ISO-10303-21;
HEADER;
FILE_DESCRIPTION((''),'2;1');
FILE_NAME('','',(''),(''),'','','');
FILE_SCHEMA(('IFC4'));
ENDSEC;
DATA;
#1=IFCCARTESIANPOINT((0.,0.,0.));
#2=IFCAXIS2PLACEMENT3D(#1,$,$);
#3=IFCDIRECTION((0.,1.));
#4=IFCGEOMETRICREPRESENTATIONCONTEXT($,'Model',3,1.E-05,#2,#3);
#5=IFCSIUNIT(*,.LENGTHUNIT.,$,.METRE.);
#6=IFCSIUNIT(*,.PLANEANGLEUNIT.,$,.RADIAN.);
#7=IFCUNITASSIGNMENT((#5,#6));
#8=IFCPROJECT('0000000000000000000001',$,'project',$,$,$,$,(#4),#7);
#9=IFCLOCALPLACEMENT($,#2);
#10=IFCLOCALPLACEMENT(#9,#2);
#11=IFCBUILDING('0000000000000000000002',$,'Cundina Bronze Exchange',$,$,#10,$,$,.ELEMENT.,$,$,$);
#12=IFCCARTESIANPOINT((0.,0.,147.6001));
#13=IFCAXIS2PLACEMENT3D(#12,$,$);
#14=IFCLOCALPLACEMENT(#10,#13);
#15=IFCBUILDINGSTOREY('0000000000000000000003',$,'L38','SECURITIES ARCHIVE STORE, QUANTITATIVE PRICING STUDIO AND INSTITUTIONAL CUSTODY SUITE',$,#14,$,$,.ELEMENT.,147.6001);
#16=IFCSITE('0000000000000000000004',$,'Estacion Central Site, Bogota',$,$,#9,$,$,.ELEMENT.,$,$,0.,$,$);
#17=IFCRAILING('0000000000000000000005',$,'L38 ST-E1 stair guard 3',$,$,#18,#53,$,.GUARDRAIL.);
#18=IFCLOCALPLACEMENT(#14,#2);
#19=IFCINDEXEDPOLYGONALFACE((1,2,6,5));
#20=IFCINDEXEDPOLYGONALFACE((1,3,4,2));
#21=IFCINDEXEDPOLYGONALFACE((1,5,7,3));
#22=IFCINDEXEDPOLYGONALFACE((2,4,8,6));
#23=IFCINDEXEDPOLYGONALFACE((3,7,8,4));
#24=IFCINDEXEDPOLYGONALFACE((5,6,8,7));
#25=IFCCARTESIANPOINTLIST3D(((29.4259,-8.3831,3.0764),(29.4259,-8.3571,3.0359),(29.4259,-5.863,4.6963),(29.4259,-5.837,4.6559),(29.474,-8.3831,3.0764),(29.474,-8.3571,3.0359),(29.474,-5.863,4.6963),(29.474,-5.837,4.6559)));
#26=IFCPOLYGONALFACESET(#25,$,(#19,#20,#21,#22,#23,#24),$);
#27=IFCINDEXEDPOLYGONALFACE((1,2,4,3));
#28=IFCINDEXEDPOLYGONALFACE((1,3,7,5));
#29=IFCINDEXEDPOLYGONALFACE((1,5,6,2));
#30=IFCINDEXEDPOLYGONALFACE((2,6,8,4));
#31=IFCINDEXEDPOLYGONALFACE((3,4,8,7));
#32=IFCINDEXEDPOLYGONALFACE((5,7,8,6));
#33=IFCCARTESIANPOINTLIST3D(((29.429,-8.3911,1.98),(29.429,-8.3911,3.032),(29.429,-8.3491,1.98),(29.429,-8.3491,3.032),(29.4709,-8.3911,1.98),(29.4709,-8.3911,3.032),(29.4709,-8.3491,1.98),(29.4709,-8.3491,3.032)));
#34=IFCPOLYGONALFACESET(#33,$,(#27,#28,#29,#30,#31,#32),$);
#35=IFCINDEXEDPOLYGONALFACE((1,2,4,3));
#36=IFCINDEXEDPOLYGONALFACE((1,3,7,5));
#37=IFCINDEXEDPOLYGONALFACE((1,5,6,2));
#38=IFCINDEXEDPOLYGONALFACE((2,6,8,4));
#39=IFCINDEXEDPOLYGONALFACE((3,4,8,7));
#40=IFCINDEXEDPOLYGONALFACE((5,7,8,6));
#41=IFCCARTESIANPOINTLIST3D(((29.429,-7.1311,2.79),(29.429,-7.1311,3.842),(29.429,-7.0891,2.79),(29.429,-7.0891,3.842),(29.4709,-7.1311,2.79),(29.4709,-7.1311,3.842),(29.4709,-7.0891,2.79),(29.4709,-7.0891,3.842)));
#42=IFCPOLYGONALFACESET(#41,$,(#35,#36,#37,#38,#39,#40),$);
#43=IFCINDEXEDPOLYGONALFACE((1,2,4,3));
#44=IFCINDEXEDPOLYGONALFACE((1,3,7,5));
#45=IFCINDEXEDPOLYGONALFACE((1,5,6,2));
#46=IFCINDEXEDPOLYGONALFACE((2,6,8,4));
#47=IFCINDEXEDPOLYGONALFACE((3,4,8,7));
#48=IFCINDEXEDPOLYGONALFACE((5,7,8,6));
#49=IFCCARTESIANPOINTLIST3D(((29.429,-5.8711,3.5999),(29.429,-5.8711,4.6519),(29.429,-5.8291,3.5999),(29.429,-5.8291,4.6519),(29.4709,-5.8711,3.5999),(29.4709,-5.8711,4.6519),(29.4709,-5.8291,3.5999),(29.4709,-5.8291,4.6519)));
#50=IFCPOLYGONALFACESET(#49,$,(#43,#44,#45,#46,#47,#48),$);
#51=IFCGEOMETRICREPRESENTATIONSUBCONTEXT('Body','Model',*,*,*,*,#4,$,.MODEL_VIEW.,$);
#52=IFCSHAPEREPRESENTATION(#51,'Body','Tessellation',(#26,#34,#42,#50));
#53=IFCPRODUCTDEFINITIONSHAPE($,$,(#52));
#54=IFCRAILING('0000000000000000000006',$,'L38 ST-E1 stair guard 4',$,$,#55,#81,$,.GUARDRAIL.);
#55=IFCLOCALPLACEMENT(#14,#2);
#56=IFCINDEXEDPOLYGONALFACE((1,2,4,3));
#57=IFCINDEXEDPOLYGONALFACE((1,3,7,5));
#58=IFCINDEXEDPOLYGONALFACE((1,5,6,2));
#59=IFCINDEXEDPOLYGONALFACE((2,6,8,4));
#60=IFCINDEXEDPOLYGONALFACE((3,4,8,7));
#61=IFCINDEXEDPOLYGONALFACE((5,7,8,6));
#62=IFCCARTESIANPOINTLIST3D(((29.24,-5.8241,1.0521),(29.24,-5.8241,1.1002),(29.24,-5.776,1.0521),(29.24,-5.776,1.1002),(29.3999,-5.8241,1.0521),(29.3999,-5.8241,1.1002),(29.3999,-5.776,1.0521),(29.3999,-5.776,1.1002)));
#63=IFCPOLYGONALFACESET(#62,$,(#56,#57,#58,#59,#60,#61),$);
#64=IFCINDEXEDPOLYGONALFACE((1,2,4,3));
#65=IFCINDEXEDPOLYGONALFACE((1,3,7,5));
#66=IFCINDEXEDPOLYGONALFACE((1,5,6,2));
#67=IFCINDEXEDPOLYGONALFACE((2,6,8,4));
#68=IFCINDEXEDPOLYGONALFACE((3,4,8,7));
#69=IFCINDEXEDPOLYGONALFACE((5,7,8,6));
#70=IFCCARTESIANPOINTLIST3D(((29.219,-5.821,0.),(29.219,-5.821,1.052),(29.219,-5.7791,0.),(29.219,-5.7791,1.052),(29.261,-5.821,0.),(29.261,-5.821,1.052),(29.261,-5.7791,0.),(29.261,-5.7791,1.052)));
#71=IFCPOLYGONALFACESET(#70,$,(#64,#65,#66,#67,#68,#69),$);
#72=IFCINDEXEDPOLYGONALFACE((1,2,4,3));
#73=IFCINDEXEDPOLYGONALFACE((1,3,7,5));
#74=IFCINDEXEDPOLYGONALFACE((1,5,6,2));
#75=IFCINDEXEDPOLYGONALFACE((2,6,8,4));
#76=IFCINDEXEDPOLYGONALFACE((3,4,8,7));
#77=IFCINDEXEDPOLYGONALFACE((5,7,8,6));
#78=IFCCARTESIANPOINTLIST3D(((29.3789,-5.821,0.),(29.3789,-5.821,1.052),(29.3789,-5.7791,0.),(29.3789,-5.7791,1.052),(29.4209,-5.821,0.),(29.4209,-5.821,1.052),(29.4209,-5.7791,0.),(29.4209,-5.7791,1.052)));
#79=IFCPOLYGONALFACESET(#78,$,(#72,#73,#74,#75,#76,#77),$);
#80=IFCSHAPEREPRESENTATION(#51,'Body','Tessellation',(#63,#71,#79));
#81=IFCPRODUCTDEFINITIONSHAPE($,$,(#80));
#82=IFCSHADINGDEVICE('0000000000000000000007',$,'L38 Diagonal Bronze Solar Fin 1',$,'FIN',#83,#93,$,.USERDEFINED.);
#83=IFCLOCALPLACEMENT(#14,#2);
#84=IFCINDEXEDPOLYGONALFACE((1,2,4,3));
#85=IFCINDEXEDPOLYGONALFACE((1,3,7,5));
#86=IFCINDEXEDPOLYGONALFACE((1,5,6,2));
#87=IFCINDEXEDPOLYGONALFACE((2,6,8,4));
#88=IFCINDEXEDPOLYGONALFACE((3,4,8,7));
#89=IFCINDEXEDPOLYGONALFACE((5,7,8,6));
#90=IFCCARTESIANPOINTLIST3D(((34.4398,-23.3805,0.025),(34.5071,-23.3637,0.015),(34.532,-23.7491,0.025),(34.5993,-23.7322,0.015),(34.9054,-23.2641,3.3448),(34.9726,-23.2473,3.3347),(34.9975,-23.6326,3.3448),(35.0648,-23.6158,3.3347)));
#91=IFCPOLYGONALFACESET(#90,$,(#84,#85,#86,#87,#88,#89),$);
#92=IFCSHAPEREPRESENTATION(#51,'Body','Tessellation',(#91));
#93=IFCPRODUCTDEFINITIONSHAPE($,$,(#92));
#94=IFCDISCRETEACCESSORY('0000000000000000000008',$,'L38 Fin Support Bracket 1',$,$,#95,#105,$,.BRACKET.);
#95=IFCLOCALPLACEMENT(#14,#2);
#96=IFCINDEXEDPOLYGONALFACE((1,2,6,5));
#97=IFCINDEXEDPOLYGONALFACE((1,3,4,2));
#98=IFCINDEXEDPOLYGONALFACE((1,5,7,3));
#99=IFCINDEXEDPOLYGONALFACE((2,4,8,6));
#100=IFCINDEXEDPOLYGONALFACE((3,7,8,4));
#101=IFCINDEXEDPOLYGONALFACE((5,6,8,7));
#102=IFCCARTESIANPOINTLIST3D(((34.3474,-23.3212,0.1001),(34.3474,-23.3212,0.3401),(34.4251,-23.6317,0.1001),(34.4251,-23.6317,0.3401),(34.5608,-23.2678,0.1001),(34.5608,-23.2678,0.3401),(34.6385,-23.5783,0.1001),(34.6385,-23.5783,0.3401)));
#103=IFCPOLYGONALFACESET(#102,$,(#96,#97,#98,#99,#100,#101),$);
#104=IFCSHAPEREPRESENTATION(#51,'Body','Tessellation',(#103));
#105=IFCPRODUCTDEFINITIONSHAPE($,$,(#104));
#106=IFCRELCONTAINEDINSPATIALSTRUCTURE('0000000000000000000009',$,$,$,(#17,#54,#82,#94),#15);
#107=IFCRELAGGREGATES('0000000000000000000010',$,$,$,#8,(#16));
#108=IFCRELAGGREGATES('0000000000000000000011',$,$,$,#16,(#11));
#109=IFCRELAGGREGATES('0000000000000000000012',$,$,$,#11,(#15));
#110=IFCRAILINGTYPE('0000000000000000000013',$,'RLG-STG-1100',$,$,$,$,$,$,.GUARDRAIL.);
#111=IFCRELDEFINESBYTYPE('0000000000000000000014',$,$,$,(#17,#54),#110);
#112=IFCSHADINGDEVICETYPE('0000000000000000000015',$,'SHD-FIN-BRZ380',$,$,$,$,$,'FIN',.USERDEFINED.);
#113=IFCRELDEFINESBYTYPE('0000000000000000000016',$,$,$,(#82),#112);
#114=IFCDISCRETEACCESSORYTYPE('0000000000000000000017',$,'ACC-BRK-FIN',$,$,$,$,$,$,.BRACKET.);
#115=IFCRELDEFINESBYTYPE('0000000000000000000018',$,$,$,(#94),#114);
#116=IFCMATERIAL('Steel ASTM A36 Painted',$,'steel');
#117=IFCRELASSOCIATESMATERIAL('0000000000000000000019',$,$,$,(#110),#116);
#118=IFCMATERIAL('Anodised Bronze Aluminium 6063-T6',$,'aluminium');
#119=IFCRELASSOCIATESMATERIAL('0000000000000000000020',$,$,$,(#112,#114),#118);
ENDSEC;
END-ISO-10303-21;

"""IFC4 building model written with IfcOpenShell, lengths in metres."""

from ifc_helpers import new_model, si_unit, direction, frame, origin, origin_2d, place, context, subcontext, project, spatial, rectangle, extrude, material, material_profile, profile_set, type_object, element, save


model = new_model("IFC4")

# Units and contexts
model_context = context("Model", 3, precision=1e-05, world=origin(), true_north=direction((0.0, 1.0)))
body_context = subcontext(model_context, "Body", "Model", "MODEL_VIEW")
ifc_project = project(units=[si_unit("LENGTHUNIT", "METRE"), si_unit("PLANEANGLEUNIT", "RADIAN")], contexts=[model_context])

# Site, building, storey
site_placement = place(None, origin())
site = spatial("IfcSite", under=ifc_project, at=site_placement, Name="Estacion Central Site, Bogota", CompositionType="ELEMENT", RefElevation=0.0)
building_placement = place(site_placement, origin())
building = spatial("IfcBuilding", under=site, at=building_placement, Name="Cundina Bronze Exchange", CompositionType="ELEMENT")
storey_placement = place(building_placement, frame((0.0, 0.0, 147.6001)))
storey = spatial("IfcBuildingStorey", under=building, at=storey_placement, Name="L38", Description="SECURITIES ARCHIVE STORE, QUANTITATIVE PRICING STUDIO AND INSTITUTIONAL CUSTODY SUITE", CompositionType="ELEMENT", Elevation=147.6001)

# Shared definitions
ifc_material_1 = material(Name="Anodised Bronze Aluminium 6063-T6", Category="aluminium")

# Railings
ifc_material_2 = material(Name="Steel ASTM A36 Painted", Category="steel")
railing_type_1 = type_object("IfcRailingType", Name="RLG-STG-1100", PredefinedType="GUARDRAIL", material=ifc_material_2)
railing_1_placement = place(storey_placement, frame((29.45, -8.3701, 1.98)))
element("IfcRailing", 1, at=railing_1_placement, inside=storey, type_object=railing_type_1, Name="L38 ST-E1 stair guard 3", PredefinedType="GUARDRAIL", context=body_context, shape_type="SweptSolid", body=[
    extrude(rectangle(XDim=0.0481, YDim=0.0481, at=origin_2d()), frame((0.0, 0.0, 1.0762), z_axis=(0.0, 0.8412, 0.540725), x_axis=(-1.0, 0.0, 0.0)), (0.0, 0.0, 1.0), 2.9958),
    extrude(rectangle(XDim=0.042, YDim=0.042, at=origin_2d()), origin(), (0.0, 0.0, 1.0), 1.052),
    extrude(rectangle(XDim=0.042, YDim=0.042, at=origin_2d()), frame((0.0, 1.26, 0.8101)), (0.0, 0.0, 1.0), 1.052),
    extrude(rectangle(XDim=0.042, YDim=0.042, at=origin_2d()), frame((0.0, 2.52, 1.6199)), (0.0, 0.0, 1.0), 1.052),
])
railing_2_placement = place(storey_placement, frame((29.24, -5.8, 0.0)))
element("IfcRailing", 2, at=railing_2_placement, inside=storey, type_object=railing_type_1, Name="L38 ST-E1 stair guard 4", PredefinedType="GUARDRAIL", context=body_context, shape_type="SweptSolid", body=[
    extrude(rectangle(XDim=0.0481, YDim=0.0481, at=origin_2d()), frame((0.0, 0.0, 1.0762), z_axis=(1.0, 0.0, 0.0), x_axis=(0.0, 1.0, 0.0)), (0.0, 0.0, 1.0), 0.1599),
    extrude(rectangle(XDim=0.042, YDim=0.042, at=origin_2d()), origin(), (0.0, 0.0, 1.0), 1.052),
    extrude(rectangle(XDim=0.042, YDim=0.042, at=origin_2d()), frame((0.1599, 0.0, 0.0)), (0.0, 0.0, 1.0), 1.052),
])

# Shading device
ifc_material_profile_1 = material_profile(ifc_material_1, rectangle(XDim=0.0701, YDim=0.3799, at=origin_2d()), Name="FIN70X380", Category="aluminium")
ifc_profile_set_1 = profile_set([ifc_material_profile_1], Name="Anodised Bronze Aluminium 6063-T6")
shading_device_type = type_object("IfcShadingDeviceType", Name="SHD-FIN-BRZ380", ElementType="FIN", PredefinedType="USERDEFINED", material=ifc_profile_set_1)
shading_device_placement = place(storey_placement, frame((34.5195, -23.5564, 0.02), z_axis=(0.138798, 0.034718, 0.989712), x_axis=(-0.960132, -0.240159, 0.143075)))
element("IfcShadingDevice", 3, at=shading_device_placement, inside=storey, type_object=shading_device_type, Name="L38 Diagonal Bronze Solar Fin 1", ObjectType="FIN", PredefinedType="USERDEFINED", context=body_context, shape_type="SweptSolid", body=[
    extrude(rectangle(XDim=0.0701, YDim=0.3799, at=origin_2d()), origin(), (0.0, 0.0, 1.0), 3.3542),
])

# Discrete accessory
discrete_accessory_type = type_object("IfcDiscreteAccessoryType", Name="ACC-BRK-FIN", PredefinedType="BRACKET", material=ifc_material_1)
discrete_accessory_placement = place(storey_placement, frame((34.4929, -23.4497, 0.1001), z_axis=(0.0, 0.0, 1.0), x_axis=(0.970093, 0.242735, 0.0)))
element("IfcDiscreteAccessory", 4, at=discrete_accessory_placement, inside=storey, type_object=discrete_accessory_type, Name="L38 Fin Support Bracket 1", PredefinedType="BRACKET", context=body_context, shape_type="SweptSolid", body=[
    extrude(rectangle(XDim=0.22, YDim=0.3201, at=origin_2d()), origin(), (0.0, 0.0, 1.0), 0.24),
])

save(model, "model.ifc")
